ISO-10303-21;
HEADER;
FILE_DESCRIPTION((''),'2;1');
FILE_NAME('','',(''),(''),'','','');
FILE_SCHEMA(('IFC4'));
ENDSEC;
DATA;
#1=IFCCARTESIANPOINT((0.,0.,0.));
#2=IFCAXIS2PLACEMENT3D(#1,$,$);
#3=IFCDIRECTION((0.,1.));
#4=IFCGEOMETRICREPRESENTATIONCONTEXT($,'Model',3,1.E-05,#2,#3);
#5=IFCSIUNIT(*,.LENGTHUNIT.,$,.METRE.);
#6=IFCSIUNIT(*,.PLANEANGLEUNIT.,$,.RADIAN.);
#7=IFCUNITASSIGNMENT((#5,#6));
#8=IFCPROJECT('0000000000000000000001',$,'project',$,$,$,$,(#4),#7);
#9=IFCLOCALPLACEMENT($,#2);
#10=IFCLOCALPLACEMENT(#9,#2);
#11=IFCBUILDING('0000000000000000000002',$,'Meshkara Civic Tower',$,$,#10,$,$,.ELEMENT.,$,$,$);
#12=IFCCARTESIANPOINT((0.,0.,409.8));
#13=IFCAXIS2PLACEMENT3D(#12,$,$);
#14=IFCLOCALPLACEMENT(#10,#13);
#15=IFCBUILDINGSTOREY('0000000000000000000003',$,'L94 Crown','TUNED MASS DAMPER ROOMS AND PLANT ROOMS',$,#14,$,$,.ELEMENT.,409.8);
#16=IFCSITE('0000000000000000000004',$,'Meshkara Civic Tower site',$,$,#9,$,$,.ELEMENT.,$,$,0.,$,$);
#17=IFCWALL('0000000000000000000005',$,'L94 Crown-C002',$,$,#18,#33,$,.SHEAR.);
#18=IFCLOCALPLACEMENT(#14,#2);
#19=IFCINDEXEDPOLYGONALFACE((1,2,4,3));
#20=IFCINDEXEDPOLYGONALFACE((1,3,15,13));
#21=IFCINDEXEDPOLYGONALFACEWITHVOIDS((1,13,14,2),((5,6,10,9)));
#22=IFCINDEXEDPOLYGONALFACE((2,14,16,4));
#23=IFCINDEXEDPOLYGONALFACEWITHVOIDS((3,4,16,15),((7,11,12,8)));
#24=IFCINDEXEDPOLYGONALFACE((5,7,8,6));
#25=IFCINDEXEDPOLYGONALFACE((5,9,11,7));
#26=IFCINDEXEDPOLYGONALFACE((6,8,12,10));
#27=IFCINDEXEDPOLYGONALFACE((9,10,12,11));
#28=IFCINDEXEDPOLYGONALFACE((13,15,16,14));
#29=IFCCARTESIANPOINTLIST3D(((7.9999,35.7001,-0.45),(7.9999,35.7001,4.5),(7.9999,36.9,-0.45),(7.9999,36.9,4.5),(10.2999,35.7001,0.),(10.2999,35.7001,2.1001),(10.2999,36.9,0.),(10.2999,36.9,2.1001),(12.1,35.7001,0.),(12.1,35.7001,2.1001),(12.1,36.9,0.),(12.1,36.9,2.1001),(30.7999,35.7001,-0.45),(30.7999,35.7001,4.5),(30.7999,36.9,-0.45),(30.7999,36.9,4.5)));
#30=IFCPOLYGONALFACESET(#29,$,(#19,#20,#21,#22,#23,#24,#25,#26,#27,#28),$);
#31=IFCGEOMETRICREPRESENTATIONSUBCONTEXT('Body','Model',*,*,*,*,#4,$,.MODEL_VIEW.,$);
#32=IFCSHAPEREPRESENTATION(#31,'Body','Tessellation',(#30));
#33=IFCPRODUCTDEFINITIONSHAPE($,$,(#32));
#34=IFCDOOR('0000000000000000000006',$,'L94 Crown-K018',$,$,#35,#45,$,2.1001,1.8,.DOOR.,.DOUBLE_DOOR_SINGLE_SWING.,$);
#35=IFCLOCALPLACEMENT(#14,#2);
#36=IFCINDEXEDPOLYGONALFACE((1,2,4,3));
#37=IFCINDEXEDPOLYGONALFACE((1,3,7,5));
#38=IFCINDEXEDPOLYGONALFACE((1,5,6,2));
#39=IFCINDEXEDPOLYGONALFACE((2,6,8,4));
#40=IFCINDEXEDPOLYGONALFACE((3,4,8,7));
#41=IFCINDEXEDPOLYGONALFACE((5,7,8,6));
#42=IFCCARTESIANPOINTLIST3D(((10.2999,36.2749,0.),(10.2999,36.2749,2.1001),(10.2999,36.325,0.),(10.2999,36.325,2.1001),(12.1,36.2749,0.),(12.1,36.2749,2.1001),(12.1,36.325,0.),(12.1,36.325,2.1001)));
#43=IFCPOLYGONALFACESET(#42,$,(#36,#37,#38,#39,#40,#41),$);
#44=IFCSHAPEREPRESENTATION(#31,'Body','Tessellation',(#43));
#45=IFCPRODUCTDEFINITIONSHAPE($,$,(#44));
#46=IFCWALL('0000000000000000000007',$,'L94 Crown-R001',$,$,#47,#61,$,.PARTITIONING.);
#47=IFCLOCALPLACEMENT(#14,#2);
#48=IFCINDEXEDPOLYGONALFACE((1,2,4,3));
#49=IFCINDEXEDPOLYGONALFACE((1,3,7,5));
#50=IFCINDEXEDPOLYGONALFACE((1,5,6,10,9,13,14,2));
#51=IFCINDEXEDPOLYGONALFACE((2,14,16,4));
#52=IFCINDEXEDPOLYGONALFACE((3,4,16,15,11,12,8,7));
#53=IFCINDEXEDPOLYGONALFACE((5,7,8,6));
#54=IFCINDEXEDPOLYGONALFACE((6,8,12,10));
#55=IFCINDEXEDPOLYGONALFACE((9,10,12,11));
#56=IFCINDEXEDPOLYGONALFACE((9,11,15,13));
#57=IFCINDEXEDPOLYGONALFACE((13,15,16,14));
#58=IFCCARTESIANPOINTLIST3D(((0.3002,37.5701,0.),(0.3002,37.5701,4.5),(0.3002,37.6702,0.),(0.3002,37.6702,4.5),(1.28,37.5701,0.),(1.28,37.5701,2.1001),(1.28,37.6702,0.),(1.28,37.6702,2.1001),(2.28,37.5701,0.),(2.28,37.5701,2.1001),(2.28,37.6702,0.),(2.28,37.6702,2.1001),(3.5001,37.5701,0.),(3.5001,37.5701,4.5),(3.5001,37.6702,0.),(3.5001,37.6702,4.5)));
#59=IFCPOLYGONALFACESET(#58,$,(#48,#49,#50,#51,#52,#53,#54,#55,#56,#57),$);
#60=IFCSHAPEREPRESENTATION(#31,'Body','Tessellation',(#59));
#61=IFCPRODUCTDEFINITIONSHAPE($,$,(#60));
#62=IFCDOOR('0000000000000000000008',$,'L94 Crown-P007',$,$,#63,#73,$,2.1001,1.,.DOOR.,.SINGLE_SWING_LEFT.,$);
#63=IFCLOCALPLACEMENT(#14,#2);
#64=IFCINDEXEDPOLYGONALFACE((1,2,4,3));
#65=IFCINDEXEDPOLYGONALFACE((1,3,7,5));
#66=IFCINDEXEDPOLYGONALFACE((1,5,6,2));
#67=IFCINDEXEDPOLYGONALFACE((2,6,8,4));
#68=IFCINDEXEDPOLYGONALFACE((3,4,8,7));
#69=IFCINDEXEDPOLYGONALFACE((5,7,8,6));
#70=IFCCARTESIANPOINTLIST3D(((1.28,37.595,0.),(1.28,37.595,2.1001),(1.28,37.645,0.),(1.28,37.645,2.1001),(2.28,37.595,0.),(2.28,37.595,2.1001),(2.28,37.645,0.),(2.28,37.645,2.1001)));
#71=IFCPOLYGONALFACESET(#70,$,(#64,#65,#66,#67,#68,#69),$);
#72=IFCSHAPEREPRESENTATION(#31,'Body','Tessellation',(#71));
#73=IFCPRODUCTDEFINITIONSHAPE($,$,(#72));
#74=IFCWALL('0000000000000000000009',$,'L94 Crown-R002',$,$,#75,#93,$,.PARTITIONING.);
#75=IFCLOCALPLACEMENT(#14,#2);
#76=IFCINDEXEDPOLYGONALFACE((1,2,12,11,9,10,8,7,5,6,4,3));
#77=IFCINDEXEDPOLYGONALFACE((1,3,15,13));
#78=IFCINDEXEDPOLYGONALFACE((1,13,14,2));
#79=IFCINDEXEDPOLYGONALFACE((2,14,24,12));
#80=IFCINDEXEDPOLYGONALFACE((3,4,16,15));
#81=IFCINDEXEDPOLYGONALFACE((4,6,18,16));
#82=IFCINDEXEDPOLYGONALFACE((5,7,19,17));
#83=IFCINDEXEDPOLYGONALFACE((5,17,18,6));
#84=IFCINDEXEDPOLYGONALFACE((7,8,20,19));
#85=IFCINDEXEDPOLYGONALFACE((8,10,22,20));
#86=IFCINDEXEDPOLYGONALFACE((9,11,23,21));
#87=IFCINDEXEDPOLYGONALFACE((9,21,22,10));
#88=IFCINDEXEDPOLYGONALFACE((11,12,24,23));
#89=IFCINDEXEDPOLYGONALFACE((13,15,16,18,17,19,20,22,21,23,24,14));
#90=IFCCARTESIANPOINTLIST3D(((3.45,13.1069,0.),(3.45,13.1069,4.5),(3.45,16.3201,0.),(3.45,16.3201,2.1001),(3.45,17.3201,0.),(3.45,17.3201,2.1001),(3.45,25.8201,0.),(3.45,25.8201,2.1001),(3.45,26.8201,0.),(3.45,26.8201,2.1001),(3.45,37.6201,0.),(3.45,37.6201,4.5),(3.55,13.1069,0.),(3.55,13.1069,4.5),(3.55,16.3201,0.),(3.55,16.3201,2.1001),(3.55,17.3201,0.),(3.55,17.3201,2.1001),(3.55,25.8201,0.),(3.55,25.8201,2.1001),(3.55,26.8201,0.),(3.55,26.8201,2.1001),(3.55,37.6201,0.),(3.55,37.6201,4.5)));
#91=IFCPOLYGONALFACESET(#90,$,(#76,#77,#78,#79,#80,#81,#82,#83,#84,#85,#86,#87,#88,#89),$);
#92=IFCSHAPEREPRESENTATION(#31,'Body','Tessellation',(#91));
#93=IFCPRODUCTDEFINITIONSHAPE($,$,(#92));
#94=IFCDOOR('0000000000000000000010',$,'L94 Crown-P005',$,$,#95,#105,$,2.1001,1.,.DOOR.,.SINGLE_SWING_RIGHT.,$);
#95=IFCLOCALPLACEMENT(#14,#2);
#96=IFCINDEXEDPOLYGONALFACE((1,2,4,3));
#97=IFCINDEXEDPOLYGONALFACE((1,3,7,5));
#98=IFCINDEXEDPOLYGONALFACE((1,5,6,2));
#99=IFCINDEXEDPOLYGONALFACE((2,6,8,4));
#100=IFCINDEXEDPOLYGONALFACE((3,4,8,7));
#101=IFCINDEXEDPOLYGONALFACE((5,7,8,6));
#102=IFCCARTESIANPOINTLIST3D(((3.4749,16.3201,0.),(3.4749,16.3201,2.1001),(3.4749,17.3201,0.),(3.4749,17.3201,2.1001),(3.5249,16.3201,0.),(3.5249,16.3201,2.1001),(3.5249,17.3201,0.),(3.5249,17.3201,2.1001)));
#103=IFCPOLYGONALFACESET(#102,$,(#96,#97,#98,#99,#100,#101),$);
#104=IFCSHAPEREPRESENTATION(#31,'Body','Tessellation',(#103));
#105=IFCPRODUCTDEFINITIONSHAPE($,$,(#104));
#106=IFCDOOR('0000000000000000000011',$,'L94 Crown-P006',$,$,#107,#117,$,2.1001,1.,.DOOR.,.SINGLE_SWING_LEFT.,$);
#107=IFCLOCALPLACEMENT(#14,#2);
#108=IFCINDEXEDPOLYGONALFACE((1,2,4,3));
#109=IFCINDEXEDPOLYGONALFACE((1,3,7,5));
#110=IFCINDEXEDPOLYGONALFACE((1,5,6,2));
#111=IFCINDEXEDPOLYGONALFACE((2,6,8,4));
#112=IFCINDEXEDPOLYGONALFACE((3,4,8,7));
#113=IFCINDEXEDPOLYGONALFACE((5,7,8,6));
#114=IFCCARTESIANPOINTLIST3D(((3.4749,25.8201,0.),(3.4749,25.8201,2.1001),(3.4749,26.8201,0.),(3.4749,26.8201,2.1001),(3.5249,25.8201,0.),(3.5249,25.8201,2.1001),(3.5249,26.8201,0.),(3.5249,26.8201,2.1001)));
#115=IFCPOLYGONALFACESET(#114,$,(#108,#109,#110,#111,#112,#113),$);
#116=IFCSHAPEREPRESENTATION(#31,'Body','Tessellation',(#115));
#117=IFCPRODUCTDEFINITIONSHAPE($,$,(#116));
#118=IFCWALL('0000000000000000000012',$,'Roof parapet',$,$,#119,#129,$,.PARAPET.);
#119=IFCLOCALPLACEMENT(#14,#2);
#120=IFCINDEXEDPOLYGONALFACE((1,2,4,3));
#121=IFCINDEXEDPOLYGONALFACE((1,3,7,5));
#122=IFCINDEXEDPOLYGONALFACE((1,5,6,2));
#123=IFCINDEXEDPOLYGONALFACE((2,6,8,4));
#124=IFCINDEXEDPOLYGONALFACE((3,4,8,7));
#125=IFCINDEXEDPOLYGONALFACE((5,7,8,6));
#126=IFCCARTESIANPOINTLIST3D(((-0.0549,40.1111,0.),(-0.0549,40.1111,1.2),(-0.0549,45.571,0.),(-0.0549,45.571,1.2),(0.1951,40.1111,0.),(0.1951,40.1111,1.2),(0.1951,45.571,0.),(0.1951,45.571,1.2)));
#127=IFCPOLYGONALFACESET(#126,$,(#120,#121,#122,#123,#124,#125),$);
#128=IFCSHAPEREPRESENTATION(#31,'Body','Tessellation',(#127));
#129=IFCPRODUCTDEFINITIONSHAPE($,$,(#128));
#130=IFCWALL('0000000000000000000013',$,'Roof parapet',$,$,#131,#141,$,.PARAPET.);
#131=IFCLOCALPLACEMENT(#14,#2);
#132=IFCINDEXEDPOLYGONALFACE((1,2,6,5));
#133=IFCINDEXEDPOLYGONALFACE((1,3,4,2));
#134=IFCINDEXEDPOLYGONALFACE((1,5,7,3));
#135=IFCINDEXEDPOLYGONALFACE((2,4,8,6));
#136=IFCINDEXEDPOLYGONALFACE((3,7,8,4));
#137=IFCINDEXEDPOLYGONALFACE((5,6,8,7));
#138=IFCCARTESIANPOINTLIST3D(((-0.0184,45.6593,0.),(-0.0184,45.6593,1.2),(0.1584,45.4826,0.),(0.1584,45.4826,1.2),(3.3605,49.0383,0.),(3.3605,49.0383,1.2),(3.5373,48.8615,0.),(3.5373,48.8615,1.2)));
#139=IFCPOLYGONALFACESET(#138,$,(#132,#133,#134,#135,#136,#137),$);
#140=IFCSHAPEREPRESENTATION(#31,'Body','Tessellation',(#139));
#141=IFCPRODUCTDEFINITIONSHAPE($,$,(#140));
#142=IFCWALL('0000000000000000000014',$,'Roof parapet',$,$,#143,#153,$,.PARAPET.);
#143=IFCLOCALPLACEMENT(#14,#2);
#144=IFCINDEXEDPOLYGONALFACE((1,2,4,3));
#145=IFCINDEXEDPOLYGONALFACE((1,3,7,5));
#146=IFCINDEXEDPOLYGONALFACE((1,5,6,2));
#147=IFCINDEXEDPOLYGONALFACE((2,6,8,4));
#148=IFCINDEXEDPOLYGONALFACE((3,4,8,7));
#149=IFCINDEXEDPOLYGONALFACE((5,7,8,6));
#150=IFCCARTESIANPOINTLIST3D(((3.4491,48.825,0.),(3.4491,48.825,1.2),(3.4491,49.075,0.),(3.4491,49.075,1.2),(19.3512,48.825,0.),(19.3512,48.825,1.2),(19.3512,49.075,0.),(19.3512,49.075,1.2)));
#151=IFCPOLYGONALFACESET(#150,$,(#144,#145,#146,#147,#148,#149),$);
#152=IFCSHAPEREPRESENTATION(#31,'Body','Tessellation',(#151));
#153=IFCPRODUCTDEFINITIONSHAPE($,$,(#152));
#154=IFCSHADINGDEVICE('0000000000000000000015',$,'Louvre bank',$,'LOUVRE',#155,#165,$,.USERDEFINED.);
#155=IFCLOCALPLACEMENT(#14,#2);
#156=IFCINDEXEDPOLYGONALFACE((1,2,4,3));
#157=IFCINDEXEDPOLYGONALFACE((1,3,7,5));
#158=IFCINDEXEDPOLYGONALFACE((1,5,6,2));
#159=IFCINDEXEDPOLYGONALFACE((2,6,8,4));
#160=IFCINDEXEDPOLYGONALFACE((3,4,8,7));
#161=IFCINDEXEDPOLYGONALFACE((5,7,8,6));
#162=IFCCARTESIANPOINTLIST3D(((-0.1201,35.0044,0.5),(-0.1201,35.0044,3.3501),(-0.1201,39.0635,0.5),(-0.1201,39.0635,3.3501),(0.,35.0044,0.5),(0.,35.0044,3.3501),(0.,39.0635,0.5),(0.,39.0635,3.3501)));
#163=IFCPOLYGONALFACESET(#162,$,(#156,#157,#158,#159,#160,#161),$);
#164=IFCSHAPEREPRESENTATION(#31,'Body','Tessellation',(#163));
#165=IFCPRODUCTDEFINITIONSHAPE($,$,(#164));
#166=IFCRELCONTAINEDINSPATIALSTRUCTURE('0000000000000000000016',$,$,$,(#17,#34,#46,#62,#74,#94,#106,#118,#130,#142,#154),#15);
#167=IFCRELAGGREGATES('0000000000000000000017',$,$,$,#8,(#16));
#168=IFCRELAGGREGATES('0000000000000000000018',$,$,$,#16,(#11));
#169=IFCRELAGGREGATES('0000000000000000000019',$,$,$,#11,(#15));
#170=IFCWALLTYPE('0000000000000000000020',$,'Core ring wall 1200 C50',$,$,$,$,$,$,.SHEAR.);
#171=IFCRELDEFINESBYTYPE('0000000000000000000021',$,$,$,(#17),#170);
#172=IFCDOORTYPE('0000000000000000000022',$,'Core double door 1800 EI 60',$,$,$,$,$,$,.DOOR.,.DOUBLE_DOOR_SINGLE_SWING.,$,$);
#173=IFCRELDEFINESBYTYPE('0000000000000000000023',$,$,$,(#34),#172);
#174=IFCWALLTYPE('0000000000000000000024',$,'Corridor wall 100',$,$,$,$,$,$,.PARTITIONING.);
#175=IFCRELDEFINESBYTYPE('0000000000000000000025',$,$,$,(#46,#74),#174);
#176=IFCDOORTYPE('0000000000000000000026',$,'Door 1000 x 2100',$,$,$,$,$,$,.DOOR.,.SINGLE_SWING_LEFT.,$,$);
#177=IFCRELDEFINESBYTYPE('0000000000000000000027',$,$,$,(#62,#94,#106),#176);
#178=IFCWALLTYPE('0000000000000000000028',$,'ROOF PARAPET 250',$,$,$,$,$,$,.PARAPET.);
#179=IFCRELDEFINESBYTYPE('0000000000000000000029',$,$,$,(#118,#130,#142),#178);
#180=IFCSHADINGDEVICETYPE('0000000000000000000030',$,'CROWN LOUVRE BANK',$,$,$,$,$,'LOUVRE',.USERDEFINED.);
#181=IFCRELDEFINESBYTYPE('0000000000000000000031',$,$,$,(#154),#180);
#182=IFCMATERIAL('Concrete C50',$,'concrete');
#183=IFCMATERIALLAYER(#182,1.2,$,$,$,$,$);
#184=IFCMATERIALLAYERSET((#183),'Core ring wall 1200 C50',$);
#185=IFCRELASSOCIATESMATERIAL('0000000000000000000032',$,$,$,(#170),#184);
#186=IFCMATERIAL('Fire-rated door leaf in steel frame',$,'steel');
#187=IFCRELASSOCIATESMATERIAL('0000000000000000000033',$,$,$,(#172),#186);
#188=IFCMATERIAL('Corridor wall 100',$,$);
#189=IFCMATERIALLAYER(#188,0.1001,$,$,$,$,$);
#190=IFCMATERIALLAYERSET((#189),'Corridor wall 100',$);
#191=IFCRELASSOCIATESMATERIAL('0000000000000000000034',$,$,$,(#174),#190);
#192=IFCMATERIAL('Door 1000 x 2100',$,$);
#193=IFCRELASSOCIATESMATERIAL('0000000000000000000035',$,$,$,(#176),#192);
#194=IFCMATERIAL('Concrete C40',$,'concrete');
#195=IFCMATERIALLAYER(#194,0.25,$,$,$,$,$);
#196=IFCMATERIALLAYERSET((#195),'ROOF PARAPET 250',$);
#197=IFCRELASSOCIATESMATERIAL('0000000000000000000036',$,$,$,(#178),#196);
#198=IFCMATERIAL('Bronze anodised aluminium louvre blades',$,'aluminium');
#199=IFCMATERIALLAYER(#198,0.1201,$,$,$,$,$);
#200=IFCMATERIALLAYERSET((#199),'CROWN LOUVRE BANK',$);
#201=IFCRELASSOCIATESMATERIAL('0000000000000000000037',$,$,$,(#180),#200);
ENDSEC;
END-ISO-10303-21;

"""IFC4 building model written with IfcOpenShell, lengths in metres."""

from ifc_helpers import new_model, si_unit, direction, frame, frame_2d, origin, origin_2d, place, context, subcontext, project, spatial, rectangle, extrude, material, layer, layer_set, type_object, element, fill, save


model = new_model("IFC4")

# Units and contexts
model_context = context("Model", 3, precision=1e-05, world=origin(), true_north=direction((0.0, 1.0)))
body_context = subcontext(model_context, "Body", "Model", "MODEL_VIEW")
ifc_project = project(units=[si_unit("LENGTHUNIT", "METRE"), si_unit("PLANEANGLEUNIT", "RADIAN")], contexts=[model_context])

# Site, building, storey
site_placement = place(None, origin())
site = spatial("IfcSite", under=ifc_project, at=site_placement, Name="Meshkara Civic Tower site", CompositionType="ELEMENT", RefElevation=0.0)
building_placement = place(site_placement, origin())
building = spatial("IfcBuilding", under=site, at=building_placement, Name="Meshkara Civic Tower", CompositionType="ELEMENT")
storey_placement = place(building_placement, frame((0.0, 0.0, 409.8)))
storey = spatial("IfcBuildingStorey", under=building, at=storey_placement, Name="L94 Crown", Description="TUNED MASS DAMPER ROOMS AND PLANT ROOMS", CompositionType="ELEMENT", Elevation=409.8)

# Walls, openings, doors
ifc_material_1 = material(Name="Concrete C50", Category="concrete")
ifc_layer_1 = layer(ifc_material_1, 1.2)
ifc_layer_set_1 = layer_set([ifc_layer_1], Name="Core ring wall 1200 C50")
wall_type_1 = type_object("IfcWallType", Name="Core ring wall 1200 C50", PredefinedType="SHEAR", material=ifc_layer_set_1)
wall_1_placement = place(storey_placement, frame((8.0, 36.3, -0.45), z_axis=(0.0, 0.0, 1.0), x_axis=(1.0, 0.0, 0.0)))
wall_1 = element("IfcWall", 1, at=wall_1_placement, inside=storey, type_object=wall_type_1, Name="L94 Crown-C002", PredefinedType="SHEAR", context=body_context, shape_type="SweptSolid", body=[
    extrude(rectangle(XDim=22.8, YDim=1.2, at=frame_2d((11.3999, 0.0))), origin(), (0.0, 0.0, 1.0), 4.95),
])
opening_1_placement = place(wall_1_placement, frame((2.3, 0.0, 0.45)))
opening_1 = element("IfcOpeningElement", 2, at=opening_1_placement, cuts=wall_1, PredefinedType="OPENING", context=body_context, shape_type="SweptSolid", body=[
    extrude(rectangle(XDim=1.8, YDim=2.1001, at=frame_2d((0.8999, 1.05))), frame((0.0, 0.6099, 0.0), z_axis=(0.0, -1.0, 0.0), x_axis=(1.0, 0.0, 0.0)), (0.0, 0.0, 1.0), 1.22),
])
ifc_material_2 = material(Name="Fire-rated door leaf in steel frame", Category="steel")
door_type_1 = type_object("IfcDoorType", Name="Core double door 1800 EI 60", OperationType="DOUBLE_DOOR_SINGLE_SWING", PredefinedType="DOOR", material=ifc_material_2)
door_1_placement = place(opening_1_placement, origin())
door_1 = element("IfcDoor", 3, at=door_1_placement, inside=storey, type_object=door_type_1, Name="L94 Crown-K018", OperationType="DOUBLE_DOOR_SINGLE_SWING", OverallHeight=2.1001, OverallWidth=1.8, PredefinedType="DOOR", context=body_context, shape_type="SweptSolid", body=[
    extrude(rectangle(XDim=1.8, YDim=2.1001, at=frame_2d((0.8999, 1.05))), frame((0.0, 0.0249, 0.0), z_axis=(0.0, -1.0, 0.0), x_axis=(1.0, 0.0, 0.0)), (0.0, 0.0, 1.0), 0.05),
])
fill(opening_1, door_1)
ifc_material_3 = material(Name="Corridor wall 100")
ifc_layer_2 = layer(ifc_material_3, 0.1001)
ifc_layer_set_2 = layer_set([ifc_layer_2], Name="Corridor wall 100")
wall_type_2 = type_object("IfcWallType", Name="Corridor wall 100", PredefinedType="PARTITIONING", material=ifc_layer_set_2)
wall_2_placement = place(storey_placement, frame((0.3, 37.6201, 0.0), z_axis=(0.0, 0.0, 1.0), x_axis=(1.0, 0.0, 0.0)))
wall_2 = element("IfcWall", 4, at=wall_2_placement, inside=storey, type_object=wall_type_2, Name="L94 Crown-R001", PredefinedType="PARTITIONING", context=body_context, shape_type="SweptSolid", body=[
    extrude(rectangle(XDim=3.2, YDim=0.1001, at=frame_2d((1.6001, 0.0))), origin(), (0.0, 0.0, 1.0), 4.5),
])
opening_2_placement = place(wall_2_placement, frame((0.98, 0.0, 0.0)))
opening_2 = element("IfcOpeningElement", 5, at=opening_2_placement, cuts=wall_2, PredefinedType="OPENING", context=body_context, shape_type="SweptSolid", body=[
    extrude(rectangle(XDim=1.0, YDim=2.1001, at=frame_2d((0.5, 1.05))), frame((0.0, 0.0601, 0.0), z_axis=(0.0, -1.0, 0.0), x_axis=(1.0, 0.0, 0.0)), (0.0, 0.0, 1.0), 0.1201),
])
ifc_material_4 = material(Name="Door 1000 x 2100")
door_type_2 = type_object("IfcDoorType", Name="Door 1000 x 2100", OperationType="SINGLE_SWING_LEFT", PredefinedType="DOOR", material=ifc_material_4)
door_2_placement = place(opening_2_placement, origin())
door_2 = element("IfcDoor", 6, at=door_2_placement, inside=storey, type_object=door_type_2, Name="L94 Crown-P007", OperationType="SINGLE_SWING_LEFT", OverallHeight=2.1001, OverallWidth=1.0, PredefinedType="DOOR", context=body_context, shape_type="SweptSolid", body=[
    extrude(rectangle(XDim=1.0, YDim=2.1001, at=frame_2d((0.5, 1.05))), frame((0.0, 0.0249, 0.0), z_axis=(0.0, -1.0, 0.0), x_axis=(1.0, 0.0, 0.0)), (0.0, 0.0, 1.0), 0.05),
])
fill(opening_2, door_2)

# Wall, openings, doors
wall_3_placement = place(storey_placement, frame((3.5, 37.6201, 0.0), z_axis=(0.0, 0.0, 1.0), x_axis=(0.0, -1.0, 0.0)))
wall_3 = element("IfcWall", 7, at=wall_3_placement, inside=storey, type_object=wall_type_2, Name="L94 Crown-R002", PredefinedType="PARTITIONING", context=body_context, shape_type="SweptSolid", body=[
    extrude(rectangle(XDim=24.5132, YDim=0.1001, at=frame_2d((12.2566, 0.0))), origin(), (0.0, 0.0, 1.0), 4.5),
])
opening_3_placement = place(wall_3_placement, frame((20.3, 0.0, 0.0)))
opening_3 = element("IfcOpeningElement", 8, at=opening_3_placement, cuts=wall_3, PredefinedType="OPENING", context=body_context, shape_type="SweptSolid", body=[
    extrude(rectangle(XDim=1.0, YDim=2.1001, at=frame_2d((0.5, 1.05))), frame((0.0, 0.0601, 0.0), z_axis=(0.0, -1.0, 0.0), x_axis=(1.0, 0.0, 0.0)), (0.0, 0.0, 1.0), 0.1201),
])
opening_4_placement = place(wall_3_placement, frame((10.8, 0.0, 0.0)))
opening_4 = element("IfcOpeningElement", 9, at=opening_4_placement, cuts=wall_3, PredefinedType="OPENING", context=body_context, shape_type="SweptSolid", body=[
    extrude(rectangle(XDim=1.0, YDim=2.1001, at=frame_2d((0.5, 1.05))), frame((0.0, 0.0601, 0.0), z_axis=(0.0, -1.0, 0.0), x_axis=(1.0, 0.0, 0.0)), (0.0, 0.0, 1.0), 0.1201),
])
door_3_placement = place(opening_3_placement, origin())
door_3 = element("IfcDoor", 10, at=door_3_placement, inside=storey, type_object=door_type_2, Name="L94 Crown-P005", OperationType="SINGLE_SWING_RIGHT", OverallHeight=2.1001, OverallWidth=1.0, PredefinedType="DOOR", context=body_context, shape_type="SweptSolid", body=[
    extrude(rectangle(XDim=1.0, YDim=2.1001, at=frame_2d((0.5, 1.05))), frame((0.0, 0.0249, 0.0), z_axis=(0.0, -1.0, 0.0), x_axis=(1.0, 0.0, 0.0)), (0.0, 0.0, 1.0), 0.05),
])
fill(opening_3, door_3)
door_4_placement = place(opening_4_placement, origin())
door_4 = element("IfcDoor", 11, at=door_4_placement, inside=storey, type_object=door_type_2, Name="L94 Crown-P006", OperationType="SINGLE_SWING_LEFT", OverallHeight=2.1001, OverallWidth=1.0, PredefinedType="DOOR", context=body_context, shape_type="SweptSolid", body=[
    extrude(rectangle(XDim=1.0, YDim=2.1001, at=frame_2d((0.5, 1.05))), frame((0.0, 0.0249, 0.0), z_axis=(0.0, -1.0, 0.0), x_axis=(1.0, 0.0, 0.0)), (0.0, 0.0, 1.0), 0.05),
])
fill(opening_4, door_4)

# Walls
ifc_material_5 = material(Name="Concrete C40", Category="concrete")
ifc_layer_3 = layer(ifc_material_5, 0.25)
ifc_layer_set_3 = layer_set([ifc_layer_3], Name="ROOF PARAPET 250")
wall_type_3 = type_object("IfcWallType", Name="ROOF PARAPET 250", PredefinedType="PARAPET", material=ifc_layer_set_3)
wall_4_placement = place(storey_placement, frame((0.0701, 40.1111, 0.0), z_axis=(0.0, 0.0, 1.0), x_axis=(0.0, 1.0, 0.0)))
element("IfcWall", 12, at=wall_4_placement, inside=storey, type_object=wall_type_3, Name="Roof parapet", PredefinedType="PARAPET", context=body_context, shape_type="SweptSolid", body=[
    extrude(rectangle(XDim=5.46, YDim=0.25, at=frame_2d((2.73, 0.0))), origin(), (0.0, 0.0, 1.0), 1.2),
])
wall_5_placement = place(storey_placement, frame((0.0701, 45.571, 0.0), z_axis=(0.0, 0.0, 1.0), x_axis=(0.707107, 0.707107, 0.0)))
element("IfcWall", 13, at=wall_5_placement, inside=storey, type_object=wall_type_3, Name="Roof parapet", PredefinedType="PARAPET", context=body_context, shape_type="SweptSolid", body=[
    extrude(rectangle(XDim=4.7786, YDim=0.25, at=frame_2d((2.3892, 0.0))), origin(), (0.0, 0.0, 1.0), 1.2),
])
wall_6_placement = place(storey_placement, frame((3.449, 48.95, 0.0), z_axis=(0.0, 0.0, 1.0), x_axis=(1.0, 0.0, 0.0)))
element("IfcWall", 14, at=wall_6_placement, inside=storey, type_object=wall_type_3, Name="Roof parapet", PredefinedType="PARAPET", context=body_context, shape_type="SweptSolid", body=[
    extrude(rectangle(XDim=15.9021, YDim=0.25, at=frame_2d((7.9512, 0.0))), origin(), (0.0, 0.0, 1.0), 1.2),
])

# Shading device
ifc_material_6 = material(Name="Bronze anodised aluminium louvre blades", Category="aluminium")
ifc_layer_4 = layer(ifc_material_6, 0.1201)
ifc_layer_set_4 = layer_set([ifc_layer_4], Name="CROWN LOUVRE BANK")
shading_device_type = type_object("IfcShadingDeviceType", Name="CROWN LOUVRE BANK", ElementType="LOUVRE", PredefinedType="USERDEFINED", material=ifc_layer_set_4)
shading_device_placement = place(storey_placement, frame((-0.0601, 37.0339, 0.5), z_axis=(0.0, 0.0, 1.0), x_axis=(0.0, -1.0, 0.0)))
element("IfcShadingDevice", 15, at=shading_device_placement, inside=storey, type_object=shading_device_type, Name="Louvre bank", ObjectType="LOUVRE", PredefinedType="USERDEFINED", context=body_context, shape_type="SweptSolid", body=[
    extrude(rectangle(XDim=4.0591, YDim=0.1201, at=origin_2d()), origin(), (0.0, 0.0, 1.0), 2.8501),
])

save(model, "model.ifc")
